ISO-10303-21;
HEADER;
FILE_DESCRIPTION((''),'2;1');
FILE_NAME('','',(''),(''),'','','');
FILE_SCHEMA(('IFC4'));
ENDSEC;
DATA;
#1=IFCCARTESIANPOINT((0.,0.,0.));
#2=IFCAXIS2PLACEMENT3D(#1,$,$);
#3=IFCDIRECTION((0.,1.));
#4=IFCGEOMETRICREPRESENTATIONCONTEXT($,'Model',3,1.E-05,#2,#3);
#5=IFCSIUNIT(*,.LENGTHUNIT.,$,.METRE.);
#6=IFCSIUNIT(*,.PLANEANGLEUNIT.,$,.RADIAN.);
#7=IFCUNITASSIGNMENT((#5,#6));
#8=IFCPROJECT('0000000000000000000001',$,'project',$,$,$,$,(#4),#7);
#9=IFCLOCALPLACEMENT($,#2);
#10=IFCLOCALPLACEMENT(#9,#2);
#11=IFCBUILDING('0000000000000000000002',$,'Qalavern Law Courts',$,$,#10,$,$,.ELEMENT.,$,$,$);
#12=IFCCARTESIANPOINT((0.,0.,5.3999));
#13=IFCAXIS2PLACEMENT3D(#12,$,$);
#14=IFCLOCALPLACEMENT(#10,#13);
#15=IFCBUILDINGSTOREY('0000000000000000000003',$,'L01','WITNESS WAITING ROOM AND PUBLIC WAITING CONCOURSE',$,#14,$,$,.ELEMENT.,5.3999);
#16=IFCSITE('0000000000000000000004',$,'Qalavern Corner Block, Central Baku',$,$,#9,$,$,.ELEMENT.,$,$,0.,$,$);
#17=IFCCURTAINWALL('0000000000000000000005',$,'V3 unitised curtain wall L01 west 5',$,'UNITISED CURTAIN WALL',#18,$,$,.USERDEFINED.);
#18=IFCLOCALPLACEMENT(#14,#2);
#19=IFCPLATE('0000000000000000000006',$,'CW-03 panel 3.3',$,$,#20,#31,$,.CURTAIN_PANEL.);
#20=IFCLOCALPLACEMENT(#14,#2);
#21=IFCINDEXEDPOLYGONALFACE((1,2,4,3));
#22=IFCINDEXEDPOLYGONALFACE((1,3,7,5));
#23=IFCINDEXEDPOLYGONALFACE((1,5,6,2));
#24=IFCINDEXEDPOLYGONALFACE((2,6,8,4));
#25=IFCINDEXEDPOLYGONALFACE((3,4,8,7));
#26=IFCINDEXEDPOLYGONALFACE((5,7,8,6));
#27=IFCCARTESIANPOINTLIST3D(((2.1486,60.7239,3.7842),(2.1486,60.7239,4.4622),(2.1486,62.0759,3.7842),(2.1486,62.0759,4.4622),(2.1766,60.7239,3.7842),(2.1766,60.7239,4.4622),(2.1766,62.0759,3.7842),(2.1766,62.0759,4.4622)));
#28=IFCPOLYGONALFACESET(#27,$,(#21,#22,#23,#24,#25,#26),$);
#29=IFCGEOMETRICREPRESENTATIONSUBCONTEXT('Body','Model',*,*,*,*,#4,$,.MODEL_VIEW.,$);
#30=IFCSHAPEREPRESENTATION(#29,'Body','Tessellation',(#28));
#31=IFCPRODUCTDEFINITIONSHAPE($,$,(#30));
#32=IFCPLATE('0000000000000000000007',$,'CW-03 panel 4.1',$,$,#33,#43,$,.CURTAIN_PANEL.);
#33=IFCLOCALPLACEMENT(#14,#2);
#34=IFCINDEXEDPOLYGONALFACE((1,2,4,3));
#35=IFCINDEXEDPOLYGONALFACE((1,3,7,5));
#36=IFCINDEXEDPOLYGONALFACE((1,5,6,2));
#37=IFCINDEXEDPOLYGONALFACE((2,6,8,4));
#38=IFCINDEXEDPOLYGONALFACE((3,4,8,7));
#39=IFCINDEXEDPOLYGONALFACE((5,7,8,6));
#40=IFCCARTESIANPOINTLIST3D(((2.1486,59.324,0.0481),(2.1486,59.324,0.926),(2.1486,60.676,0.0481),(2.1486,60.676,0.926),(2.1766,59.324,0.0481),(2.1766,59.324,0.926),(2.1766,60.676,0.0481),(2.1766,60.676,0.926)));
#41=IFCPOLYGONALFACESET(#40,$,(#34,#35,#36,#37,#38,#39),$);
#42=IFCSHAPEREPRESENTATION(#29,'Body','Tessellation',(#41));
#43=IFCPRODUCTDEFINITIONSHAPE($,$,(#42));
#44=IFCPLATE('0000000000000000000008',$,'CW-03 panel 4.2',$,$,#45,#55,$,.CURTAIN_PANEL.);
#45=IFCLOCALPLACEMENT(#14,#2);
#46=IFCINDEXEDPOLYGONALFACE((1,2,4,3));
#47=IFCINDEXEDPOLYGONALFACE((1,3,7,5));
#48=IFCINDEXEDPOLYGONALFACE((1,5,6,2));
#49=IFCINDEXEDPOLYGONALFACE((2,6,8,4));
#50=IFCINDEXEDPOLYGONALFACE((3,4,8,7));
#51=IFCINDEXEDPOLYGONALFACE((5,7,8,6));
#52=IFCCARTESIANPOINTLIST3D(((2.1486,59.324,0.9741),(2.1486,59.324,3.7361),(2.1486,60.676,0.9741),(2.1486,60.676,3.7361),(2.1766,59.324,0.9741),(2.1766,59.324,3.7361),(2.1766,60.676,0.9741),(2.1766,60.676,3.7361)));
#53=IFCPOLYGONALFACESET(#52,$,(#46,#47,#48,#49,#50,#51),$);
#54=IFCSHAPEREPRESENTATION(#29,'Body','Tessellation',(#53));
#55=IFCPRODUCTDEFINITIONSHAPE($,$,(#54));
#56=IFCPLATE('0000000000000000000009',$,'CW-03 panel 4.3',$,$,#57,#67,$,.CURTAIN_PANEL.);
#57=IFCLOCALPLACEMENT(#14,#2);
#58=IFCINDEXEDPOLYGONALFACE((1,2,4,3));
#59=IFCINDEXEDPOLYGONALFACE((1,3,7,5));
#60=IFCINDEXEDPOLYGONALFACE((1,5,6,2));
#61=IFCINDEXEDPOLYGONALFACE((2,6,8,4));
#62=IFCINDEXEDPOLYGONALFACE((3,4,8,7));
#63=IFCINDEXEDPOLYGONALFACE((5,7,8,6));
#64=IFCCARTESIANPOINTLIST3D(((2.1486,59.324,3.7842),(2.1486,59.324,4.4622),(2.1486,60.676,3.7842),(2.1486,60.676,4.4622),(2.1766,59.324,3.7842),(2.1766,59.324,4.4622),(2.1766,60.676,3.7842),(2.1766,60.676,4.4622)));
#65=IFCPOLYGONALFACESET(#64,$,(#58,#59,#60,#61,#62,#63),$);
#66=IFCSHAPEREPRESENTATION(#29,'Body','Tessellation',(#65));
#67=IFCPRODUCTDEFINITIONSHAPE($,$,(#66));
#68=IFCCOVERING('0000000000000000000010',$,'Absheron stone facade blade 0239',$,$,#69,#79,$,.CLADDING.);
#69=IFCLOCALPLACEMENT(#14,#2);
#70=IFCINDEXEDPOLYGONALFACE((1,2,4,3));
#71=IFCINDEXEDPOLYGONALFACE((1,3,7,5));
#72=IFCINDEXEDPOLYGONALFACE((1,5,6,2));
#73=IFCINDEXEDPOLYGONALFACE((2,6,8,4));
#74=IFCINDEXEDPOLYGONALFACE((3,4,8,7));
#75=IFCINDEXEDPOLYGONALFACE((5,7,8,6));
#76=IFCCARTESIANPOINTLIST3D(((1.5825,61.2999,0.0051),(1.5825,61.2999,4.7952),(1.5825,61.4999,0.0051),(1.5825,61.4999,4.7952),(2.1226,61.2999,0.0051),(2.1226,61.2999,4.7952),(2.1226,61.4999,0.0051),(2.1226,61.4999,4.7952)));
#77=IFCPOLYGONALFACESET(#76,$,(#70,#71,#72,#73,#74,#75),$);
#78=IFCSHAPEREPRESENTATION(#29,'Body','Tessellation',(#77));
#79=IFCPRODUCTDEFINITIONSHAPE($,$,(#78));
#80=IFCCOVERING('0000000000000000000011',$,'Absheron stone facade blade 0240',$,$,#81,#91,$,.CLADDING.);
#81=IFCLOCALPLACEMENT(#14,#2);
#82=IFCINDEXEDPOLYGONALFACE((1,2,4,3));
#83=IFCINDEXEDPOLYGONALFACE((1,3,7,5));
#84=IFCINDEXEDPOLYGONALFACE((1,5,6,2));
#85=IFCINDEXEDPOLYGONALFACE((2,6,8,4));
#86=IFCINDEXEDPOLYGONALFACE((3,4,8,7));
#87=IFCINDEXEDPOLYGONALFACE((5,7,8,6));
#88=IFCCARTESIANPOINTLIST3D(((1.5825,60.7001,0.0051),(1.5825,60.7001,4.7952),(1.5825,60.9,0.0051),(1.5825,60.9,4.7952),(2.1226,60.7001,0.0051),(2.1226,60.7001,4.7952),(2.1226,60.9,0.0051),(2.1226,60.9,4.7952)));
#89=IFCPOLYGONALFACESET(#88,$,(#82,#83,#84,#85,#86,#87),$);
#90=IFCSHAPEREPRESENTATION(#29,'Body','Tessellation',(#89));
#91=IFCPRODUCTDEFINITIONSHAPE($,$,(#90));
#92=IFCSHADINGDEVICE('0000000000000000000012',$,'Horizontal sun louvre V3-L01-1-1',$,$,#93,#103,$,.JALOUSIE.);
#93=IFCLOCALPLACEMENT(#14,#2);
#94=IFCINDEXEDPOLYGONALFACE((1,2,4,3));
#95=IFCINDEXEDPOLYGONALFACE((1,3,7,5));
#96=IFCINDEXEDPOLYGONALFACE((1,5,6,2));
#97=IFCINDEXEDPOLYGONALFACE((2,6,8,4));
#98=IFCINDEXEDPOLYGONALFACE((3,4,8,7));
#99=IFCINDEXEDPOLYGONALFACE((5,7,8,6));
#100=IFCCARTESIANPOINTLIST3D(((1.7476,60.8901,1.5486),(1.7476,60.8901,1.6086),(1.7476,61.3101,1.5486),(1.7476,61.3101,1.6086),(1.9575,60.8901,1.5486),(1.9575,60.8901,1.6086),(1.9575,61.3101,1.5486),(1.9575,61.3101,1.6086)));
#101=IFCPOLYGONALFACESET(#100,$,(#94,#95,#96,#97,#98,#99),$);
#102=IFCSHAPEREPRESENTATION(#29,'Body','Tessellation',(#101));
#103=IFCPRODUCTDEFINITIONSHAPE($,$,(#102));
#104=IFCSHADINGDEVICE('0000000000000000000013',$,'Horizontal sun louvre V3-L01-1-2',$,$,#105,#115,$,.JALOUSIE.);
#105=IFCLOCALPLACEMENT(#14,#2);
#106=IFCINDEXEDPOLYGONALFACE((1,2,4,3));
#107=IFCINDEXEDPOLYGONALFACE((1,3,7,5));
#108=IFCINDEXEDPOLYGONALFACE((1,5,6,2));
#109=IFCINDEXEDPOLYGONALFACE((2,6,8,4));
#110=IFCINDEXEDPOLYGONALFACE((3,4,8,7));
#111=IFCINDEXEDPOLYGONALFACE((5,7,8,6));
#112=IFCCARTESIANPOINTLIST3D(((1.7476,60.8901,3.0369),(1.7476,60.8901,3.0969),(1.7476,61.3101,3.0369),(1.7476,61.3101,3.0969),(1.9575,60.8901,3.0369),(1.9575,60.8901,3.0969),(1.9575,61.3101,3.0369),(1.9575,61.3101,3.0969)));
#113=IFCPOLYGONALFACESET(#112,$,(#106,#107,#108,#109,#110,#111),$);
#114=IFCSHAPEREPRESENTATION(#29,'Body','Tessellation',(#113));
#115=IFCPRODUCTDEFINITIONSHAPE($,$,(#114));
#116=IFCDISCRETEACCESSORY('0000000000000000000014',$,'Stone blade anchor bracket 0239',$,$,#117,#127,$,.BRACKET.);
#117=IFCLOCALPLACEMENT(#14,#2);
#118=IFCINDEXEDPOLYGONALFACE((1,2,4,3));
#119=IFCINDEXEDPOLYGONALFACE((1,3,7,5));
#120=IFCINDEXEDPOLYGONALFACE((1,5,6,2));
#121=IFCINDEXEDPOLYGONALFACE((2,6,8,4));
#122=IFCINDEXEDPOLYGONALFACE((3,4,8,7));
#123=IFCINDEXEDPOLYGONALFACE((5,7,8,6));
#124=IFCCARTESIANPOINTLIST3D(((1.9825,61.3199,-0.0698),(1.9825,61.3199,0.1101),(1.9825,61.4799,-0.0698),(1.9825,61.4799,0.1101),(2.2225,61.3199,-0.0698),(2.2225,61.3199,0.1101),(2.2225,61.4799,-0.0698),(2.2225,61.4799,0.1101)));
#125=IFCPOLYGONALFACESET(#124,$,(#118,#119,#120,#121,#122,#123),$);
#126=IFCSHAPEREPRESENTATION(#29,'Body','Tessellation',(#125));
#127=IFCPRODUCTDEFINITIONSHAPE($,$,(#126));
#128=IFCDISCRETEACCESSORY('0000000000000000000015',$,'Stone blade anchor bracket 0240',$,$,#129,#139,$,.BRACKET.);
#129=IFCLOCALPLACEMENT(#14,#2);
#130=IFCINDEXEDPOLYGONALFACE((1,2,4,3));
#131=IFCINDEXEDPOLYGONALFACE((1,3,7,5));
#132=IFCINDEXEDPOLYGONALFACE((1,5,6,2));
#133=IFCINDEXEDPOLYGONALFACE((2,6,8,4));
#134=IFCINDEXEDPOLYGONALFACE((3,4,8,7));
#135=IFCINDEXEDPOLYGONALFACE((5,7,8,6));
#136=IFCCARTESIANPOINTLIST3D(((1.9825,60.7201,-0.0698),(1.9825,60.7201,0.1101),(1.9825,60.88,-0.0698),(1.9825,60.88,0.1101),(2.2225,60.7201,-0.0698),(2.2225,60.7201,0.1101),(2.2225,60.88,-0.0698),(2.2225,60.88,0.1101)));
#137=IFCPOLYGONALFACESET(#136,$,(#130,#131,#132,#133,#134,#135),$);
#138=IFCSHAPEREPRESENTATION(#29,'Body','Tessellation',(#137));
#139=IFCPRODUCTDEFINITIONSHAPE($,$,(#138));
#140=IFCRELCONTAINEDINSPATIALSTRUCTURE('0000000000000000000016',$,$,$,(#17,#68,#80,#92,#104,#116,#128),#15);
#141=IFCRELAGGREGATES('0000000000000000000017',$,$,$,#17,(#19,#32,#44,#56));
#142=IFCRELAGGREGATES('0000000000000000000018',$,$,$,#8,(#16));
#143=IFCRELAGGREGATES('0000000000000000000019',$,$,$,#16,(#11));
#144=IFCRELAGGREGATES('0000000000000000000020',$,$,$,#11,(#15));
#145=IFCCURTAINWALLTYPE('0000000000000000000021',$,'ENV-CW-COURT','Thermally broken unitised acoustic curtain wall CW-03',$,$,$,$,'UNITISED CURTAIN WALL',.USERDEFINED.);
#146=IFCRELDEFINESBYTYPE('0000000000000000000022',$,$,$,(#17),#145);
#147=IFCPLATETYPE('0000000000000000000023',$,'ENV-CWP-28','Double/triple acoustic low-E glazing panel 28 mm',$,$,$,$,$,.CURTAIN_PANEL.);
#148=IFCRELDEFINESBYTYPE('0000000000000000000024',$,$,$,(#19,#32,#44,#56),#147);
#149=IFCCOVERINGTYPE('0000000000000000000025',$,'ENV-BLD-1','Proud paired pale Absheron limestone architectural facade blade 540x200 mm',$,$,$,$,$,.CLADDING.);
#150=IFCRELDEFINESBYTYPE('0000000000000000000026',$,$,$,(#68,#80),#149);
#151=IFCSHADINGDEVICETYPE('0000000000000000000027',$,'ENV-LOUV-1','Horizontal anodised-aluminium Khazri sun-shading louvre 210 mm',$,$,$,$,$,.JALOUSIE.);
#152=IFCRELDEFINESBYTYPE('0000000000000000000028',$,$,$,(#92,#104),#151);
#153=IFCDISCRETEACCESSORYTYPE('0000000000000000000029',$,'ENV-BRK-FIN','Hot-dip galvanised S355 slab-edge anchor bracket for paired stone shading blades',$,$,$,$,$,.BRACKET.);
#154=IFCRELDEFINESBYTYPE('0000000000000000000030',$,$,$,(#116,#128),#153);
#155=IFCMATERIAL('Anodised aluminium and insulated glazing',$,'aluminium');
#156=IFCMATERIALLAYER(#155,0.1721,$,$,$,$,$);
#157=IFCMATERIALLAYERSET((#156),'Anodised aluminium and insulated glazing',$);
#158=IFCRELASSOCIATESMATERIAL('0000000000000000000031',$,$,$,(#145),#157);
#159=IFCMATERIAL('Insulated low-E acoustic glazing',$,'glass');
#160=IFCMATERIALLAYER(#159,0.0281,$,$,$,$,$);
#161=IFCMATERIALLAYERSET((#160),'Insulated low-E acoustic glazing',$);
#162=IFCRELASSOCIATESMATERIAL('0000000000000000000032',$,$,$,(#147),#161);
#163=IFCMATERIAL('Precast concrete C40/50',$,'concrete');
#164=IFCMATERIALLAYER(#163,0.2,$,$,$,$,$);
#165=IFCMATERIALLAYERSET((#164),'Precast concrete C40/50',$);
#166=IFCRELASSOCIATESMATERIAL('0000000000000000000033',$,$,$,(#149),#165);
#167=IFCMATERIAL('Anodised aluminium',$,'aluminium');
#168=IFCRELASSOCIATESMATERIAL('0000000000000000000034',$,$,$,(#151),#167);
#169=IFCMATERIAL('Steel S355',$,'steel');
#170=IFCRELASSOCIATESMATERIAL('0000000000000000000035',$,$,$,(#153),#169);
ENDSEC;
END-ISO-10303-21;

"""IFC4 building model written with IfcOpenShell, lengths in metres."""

from ifc_helpers import new_model, si_unit, direction, frame, origin, origin_2d, place, context, subcontext, project, spatial, rectangle, extrude, material, layer, layer_set, type_object, element, aggregate, save


model = new_model("IFC4")

# Units and contexts
model_context = context("Model", 3, precision=1e-05, world=origin(), true_north=direction((0.0, 1.0)))
body_context = subcontext(model_context, "Body", "Model", "MODEL_VIEW")
ifc_project = project(units=[si_unit("LENGTHUNIT", "METRE"), si_unit("PLANEANGLEUNIT", "RADIAN")], contexts=[model_context])

# Site, building, storey
site_placement = place(None, origin())
site = spatial("IfcSite", under=ifc_project, at=site_placement, Name="Qalavern Corner Block, Central Baku", CompositionType="ELEMENT", RefElevation=0.0)
building_placement = place(site_placement, origin())
building = spatial("IfcBuilding", under=site, at=building_placement, Name="Qalavern Law Courts", CompositionType="ELEMENT")
storey_placement = place(building_placement, frame((0.0, 0.0, 5.3999)))
storey = spatial("IfcBuildingStorey", under=building, at=storey_placement, Name="L01", Description="WITNESS WAITING ROOM AND PUBLIC WAITING CONCOURSE", CompositionType="ELEMENT", Elevation=5.3999)

# Curtain wall, plates
ifc_material_1 = material(Name="Anodised aluminium and insulated glazing", Category="aluminium")
ifc_layer_1 = layer(ifc_material_1, 0.1721)
ifc_layer_set_1 = layer_set([ifc_layer_1], Name="Anodised aluminium and insulated glazing")
curtain_wall_type = type_object("IfcCurtainWallType", Name="ENV-CW-COURT", Description="Thermally broken unitised acoustic curtain wall CW-03", ElementType="UNITISED CURTAIN WALL", PredefinedType="USERDEFINED", material=ifc_layer_set_1)
curtain_wall_placement = place(storey_placement, origin())
curtain_wall = element("IfcCurtainWall", 1, at=curtain_wall_placement, inside=storey, type_object=curtain_wall_type, Name="V3 unitised curtain wall L01 west 5", ObjectType="UNITISED CURTAIN WALL", PredefinedType="USERDEFINED")
ifc_material_2 = material(Name="Anodised aluminium", Category="aluminium")
ifc_material_3 = material(Name="Insulated low-E acoustic glazing", Category="glass")
ifc_layer_2 = layer(ifc_material_3, 0.0281)
ifc_layer_set_2 = layer_set([ifc_layer_2], Name="Insulated low-E acoustic glazing")
plate_type = type_object("IfcPlateType", Name="ENV-CWP-28", Description="Double/triple acoustic low-E glazing panel 28 mm", PredefinedType="CURTAIN_PANEL", material=ifc_layer_set_2)
plate_1_placement = place(storey_placement, frame((2.1626, 61.3999, 3.7842), z_axis=(0.0, 0.0, 1.0), x_axis=(0.0, -1.0, 0.0)))
plate_1 = element("IfcPlate", 2, at=plate_1_placement, type_object=plate_type, Name="CW-03 panel 3.3", PredefinedType="CURTAIN_PANEL", context=body_context, shape_type="SweptSolid", body=[
    extrude(rectangle(XDim=1.3521, YDim=0.0281, at=origin_2d()), origin(), (0.0, 0.0, 1.0), 0.678),
])
plate_2_placement = place(storey_placement, frame((2.1626, 60.0, 0.0481), z_axis=(0.0, 0.0, 1.0), x_axis=(0.0, -1.0, 0.0)))
plate_2 = element("IfcPlate", 3, at=plate_2_placement, type_object=plate_type, Name="CW-03 panel 4.1", PredefinedType="CURTAIN_PANEL", context=body_context, shape_type="SweptSolid", body=[
    extrude(rectangle(XDim=1.3521, YDim=0.0281, at=origin_2d()), origin(), (0.0, 0.0, 1.0), 0.8779),
])
plate_3_placement = place(storey_placement, frame((2.1626, 60.0, 0.9741), z_axis=(0.0, 0.0, 1.0), x_axis=(0.0, -1.0, 0.0)))
plate_3 = element("IfcPlate", 4, at=plate_3_placement, type_object=plate_type, Name="CW-03 panel 4.2", PredefinedType="CURTAIN_PANEL", context=body_context, shape_type="SweptSolid", body=[
    extrude(rectangle(XDim=1.3521, YDim=0.0281, at=origin_2d()), origin(), (0.0, 0.0, 1.0), 2.762),
])
plate_4_placement = place(storey_placement, frame((2.1626, 60.0, 3.7842), z_axis=(0.0, 0.0, 1.0), x_axis=(0.0, -1.0, 0.0)))
plate_4 = element("IfcPlate", 5, at=plate_4_placement, type_object=plate_type, Name="CW-03 panel 4.3", PredefinedType="CURTAIN_PANEL", context=body_context, shape_type="SweptSolid", body=[
    extrude(rectangle(XDim=1.3521, YDim=0.0281, at=origin_2d()), origin(), (0.0, 0.0, 1.0), 0.678),
])
aggregate(curtain_wall, [plate_1, plate_2, plate_3, plate_4])

# Coverings
ifc_material_4 = material(Name="Precast concrete C40/50", Category="concrete")
ifc_layer_3 = layer(ifc_material_4, 0.2)
ifc_layer_set_3 = layer_set([ifc_layer_3], Name="Precast concrete C40/50")
covering_type = type_object("IfcCoveringType", Name="ENV-BLD-1", Description="Proud paired pale Absheron limestone architectural facade blade 540x200 mm", PredefinedType="CLADDING", material=ifc_layer_set_3)
for number, where, z_axis, x_axis, name in (
    (6, (1.8525, 61.3999, 0.0051), (0.0, 0.0, 1.0), (-1.0, 0.0, 0.0), "Absheron stone facade blade 0239"),
    (7, (1.8525, 60.8, 0.0051), (0.0, 0.0, 1.0), (-1.0, 0.0, 0.0), "Absheron stone facade blade 0240"),
):
    element("IfcCovering", number, at=place(storey_placement, frame(where, z_axis=z_axis, x_axis=x_axis)), inside=storey, type_object=covering_type, Name=name, PredefinedType="CLADDING", context=body_context, shape_type="SweptSolid", body=[
        extrude(rectangle(XDim=0.54, YDim=0.2, at=origin_2d()), origin(), (0.0, 0.0, 1.0), 4.79),
    ])

# Shading devices
shading_device_type = type_object("IfcShadingDeviceType", Name="ENV-LOUV-1", Description="Horizontal anodised-aluminium Khazri sun-shading louvre 210 mm", PredefinedType="JALOUSIE", material=ifc_material_2)
for number, where, z_axis, x_axis, name in (
    (8, (1.8525, 61.1001, 1.5486), (0.0, 0.0, 1.0), (0.0, -1.0, 0.0), "Horizontal sun louvre V3-L01-1-1"),
    (9, (1.8525, 61.1001, 3.0369), (0.0, 0.0, 1.0), (0.0, -1.0, 0.0), "Horizontal sun louvre V3-L01-1-2"),
):
    element("IfcShadingDevice", number, at=place(storey_placement, frame(where, z_axis=z_axis, x_axis=x_axis)), inside=storey, type_object=shading_device_type, Name=name, PredefinedType="JALOUSIE", context=body_context, shape_type="SweptSolid", body=[
        extrude(rectangle(XDim=0.4199, YDim=0.21, at=origin_2d()), origin(), (0.0, 0.0, 1.0), 0.0601),
    ])

# Discrete accessories
ifc_material_5 = material(Name="Steel S355", Category="steel")
discrete_accessory_type = type_object("IfcDiscreteAccessoryType", Name="ENV-BRK-FIN", Description="Hot-dip galvanised S355 slab-edge anchor bracket for paired stone shading blades", PredefinedType="BRACKET", material=ifc_material_5)
for number, where, z_axis, x_axis, name in (
    (10, (2.1025, 61.3999, -0.0698), (0.0, 0.0, 1.0), (-1.0, 0.0, 0.0), "Stone blade anchor bracket 0239"),
    (11, (2.1025, 60.8, -0.0698), (0.0, 0.0, 1.0), (-1.0, 0.0, 0.0), "Stone blade anchor bracket 0240"),
):
    element("IfcDiscreteAccessory", number, at=place(storey_placement, frame(where, z_axis=z_axis, x_axis=x_axis)), inside=storey, type_object=discrete_accessory_type, Name=name, PredefinedType="BRACKET", context=body_context, shape_type="SweptSolid", body=[
        extrude(rectangle(XDim=0.24, YDim=0.1599, at=origin_2d()), origin(), (0.0, 0.0, 1.0), 0.1799),
    ])

save(model, "model.ifc")
